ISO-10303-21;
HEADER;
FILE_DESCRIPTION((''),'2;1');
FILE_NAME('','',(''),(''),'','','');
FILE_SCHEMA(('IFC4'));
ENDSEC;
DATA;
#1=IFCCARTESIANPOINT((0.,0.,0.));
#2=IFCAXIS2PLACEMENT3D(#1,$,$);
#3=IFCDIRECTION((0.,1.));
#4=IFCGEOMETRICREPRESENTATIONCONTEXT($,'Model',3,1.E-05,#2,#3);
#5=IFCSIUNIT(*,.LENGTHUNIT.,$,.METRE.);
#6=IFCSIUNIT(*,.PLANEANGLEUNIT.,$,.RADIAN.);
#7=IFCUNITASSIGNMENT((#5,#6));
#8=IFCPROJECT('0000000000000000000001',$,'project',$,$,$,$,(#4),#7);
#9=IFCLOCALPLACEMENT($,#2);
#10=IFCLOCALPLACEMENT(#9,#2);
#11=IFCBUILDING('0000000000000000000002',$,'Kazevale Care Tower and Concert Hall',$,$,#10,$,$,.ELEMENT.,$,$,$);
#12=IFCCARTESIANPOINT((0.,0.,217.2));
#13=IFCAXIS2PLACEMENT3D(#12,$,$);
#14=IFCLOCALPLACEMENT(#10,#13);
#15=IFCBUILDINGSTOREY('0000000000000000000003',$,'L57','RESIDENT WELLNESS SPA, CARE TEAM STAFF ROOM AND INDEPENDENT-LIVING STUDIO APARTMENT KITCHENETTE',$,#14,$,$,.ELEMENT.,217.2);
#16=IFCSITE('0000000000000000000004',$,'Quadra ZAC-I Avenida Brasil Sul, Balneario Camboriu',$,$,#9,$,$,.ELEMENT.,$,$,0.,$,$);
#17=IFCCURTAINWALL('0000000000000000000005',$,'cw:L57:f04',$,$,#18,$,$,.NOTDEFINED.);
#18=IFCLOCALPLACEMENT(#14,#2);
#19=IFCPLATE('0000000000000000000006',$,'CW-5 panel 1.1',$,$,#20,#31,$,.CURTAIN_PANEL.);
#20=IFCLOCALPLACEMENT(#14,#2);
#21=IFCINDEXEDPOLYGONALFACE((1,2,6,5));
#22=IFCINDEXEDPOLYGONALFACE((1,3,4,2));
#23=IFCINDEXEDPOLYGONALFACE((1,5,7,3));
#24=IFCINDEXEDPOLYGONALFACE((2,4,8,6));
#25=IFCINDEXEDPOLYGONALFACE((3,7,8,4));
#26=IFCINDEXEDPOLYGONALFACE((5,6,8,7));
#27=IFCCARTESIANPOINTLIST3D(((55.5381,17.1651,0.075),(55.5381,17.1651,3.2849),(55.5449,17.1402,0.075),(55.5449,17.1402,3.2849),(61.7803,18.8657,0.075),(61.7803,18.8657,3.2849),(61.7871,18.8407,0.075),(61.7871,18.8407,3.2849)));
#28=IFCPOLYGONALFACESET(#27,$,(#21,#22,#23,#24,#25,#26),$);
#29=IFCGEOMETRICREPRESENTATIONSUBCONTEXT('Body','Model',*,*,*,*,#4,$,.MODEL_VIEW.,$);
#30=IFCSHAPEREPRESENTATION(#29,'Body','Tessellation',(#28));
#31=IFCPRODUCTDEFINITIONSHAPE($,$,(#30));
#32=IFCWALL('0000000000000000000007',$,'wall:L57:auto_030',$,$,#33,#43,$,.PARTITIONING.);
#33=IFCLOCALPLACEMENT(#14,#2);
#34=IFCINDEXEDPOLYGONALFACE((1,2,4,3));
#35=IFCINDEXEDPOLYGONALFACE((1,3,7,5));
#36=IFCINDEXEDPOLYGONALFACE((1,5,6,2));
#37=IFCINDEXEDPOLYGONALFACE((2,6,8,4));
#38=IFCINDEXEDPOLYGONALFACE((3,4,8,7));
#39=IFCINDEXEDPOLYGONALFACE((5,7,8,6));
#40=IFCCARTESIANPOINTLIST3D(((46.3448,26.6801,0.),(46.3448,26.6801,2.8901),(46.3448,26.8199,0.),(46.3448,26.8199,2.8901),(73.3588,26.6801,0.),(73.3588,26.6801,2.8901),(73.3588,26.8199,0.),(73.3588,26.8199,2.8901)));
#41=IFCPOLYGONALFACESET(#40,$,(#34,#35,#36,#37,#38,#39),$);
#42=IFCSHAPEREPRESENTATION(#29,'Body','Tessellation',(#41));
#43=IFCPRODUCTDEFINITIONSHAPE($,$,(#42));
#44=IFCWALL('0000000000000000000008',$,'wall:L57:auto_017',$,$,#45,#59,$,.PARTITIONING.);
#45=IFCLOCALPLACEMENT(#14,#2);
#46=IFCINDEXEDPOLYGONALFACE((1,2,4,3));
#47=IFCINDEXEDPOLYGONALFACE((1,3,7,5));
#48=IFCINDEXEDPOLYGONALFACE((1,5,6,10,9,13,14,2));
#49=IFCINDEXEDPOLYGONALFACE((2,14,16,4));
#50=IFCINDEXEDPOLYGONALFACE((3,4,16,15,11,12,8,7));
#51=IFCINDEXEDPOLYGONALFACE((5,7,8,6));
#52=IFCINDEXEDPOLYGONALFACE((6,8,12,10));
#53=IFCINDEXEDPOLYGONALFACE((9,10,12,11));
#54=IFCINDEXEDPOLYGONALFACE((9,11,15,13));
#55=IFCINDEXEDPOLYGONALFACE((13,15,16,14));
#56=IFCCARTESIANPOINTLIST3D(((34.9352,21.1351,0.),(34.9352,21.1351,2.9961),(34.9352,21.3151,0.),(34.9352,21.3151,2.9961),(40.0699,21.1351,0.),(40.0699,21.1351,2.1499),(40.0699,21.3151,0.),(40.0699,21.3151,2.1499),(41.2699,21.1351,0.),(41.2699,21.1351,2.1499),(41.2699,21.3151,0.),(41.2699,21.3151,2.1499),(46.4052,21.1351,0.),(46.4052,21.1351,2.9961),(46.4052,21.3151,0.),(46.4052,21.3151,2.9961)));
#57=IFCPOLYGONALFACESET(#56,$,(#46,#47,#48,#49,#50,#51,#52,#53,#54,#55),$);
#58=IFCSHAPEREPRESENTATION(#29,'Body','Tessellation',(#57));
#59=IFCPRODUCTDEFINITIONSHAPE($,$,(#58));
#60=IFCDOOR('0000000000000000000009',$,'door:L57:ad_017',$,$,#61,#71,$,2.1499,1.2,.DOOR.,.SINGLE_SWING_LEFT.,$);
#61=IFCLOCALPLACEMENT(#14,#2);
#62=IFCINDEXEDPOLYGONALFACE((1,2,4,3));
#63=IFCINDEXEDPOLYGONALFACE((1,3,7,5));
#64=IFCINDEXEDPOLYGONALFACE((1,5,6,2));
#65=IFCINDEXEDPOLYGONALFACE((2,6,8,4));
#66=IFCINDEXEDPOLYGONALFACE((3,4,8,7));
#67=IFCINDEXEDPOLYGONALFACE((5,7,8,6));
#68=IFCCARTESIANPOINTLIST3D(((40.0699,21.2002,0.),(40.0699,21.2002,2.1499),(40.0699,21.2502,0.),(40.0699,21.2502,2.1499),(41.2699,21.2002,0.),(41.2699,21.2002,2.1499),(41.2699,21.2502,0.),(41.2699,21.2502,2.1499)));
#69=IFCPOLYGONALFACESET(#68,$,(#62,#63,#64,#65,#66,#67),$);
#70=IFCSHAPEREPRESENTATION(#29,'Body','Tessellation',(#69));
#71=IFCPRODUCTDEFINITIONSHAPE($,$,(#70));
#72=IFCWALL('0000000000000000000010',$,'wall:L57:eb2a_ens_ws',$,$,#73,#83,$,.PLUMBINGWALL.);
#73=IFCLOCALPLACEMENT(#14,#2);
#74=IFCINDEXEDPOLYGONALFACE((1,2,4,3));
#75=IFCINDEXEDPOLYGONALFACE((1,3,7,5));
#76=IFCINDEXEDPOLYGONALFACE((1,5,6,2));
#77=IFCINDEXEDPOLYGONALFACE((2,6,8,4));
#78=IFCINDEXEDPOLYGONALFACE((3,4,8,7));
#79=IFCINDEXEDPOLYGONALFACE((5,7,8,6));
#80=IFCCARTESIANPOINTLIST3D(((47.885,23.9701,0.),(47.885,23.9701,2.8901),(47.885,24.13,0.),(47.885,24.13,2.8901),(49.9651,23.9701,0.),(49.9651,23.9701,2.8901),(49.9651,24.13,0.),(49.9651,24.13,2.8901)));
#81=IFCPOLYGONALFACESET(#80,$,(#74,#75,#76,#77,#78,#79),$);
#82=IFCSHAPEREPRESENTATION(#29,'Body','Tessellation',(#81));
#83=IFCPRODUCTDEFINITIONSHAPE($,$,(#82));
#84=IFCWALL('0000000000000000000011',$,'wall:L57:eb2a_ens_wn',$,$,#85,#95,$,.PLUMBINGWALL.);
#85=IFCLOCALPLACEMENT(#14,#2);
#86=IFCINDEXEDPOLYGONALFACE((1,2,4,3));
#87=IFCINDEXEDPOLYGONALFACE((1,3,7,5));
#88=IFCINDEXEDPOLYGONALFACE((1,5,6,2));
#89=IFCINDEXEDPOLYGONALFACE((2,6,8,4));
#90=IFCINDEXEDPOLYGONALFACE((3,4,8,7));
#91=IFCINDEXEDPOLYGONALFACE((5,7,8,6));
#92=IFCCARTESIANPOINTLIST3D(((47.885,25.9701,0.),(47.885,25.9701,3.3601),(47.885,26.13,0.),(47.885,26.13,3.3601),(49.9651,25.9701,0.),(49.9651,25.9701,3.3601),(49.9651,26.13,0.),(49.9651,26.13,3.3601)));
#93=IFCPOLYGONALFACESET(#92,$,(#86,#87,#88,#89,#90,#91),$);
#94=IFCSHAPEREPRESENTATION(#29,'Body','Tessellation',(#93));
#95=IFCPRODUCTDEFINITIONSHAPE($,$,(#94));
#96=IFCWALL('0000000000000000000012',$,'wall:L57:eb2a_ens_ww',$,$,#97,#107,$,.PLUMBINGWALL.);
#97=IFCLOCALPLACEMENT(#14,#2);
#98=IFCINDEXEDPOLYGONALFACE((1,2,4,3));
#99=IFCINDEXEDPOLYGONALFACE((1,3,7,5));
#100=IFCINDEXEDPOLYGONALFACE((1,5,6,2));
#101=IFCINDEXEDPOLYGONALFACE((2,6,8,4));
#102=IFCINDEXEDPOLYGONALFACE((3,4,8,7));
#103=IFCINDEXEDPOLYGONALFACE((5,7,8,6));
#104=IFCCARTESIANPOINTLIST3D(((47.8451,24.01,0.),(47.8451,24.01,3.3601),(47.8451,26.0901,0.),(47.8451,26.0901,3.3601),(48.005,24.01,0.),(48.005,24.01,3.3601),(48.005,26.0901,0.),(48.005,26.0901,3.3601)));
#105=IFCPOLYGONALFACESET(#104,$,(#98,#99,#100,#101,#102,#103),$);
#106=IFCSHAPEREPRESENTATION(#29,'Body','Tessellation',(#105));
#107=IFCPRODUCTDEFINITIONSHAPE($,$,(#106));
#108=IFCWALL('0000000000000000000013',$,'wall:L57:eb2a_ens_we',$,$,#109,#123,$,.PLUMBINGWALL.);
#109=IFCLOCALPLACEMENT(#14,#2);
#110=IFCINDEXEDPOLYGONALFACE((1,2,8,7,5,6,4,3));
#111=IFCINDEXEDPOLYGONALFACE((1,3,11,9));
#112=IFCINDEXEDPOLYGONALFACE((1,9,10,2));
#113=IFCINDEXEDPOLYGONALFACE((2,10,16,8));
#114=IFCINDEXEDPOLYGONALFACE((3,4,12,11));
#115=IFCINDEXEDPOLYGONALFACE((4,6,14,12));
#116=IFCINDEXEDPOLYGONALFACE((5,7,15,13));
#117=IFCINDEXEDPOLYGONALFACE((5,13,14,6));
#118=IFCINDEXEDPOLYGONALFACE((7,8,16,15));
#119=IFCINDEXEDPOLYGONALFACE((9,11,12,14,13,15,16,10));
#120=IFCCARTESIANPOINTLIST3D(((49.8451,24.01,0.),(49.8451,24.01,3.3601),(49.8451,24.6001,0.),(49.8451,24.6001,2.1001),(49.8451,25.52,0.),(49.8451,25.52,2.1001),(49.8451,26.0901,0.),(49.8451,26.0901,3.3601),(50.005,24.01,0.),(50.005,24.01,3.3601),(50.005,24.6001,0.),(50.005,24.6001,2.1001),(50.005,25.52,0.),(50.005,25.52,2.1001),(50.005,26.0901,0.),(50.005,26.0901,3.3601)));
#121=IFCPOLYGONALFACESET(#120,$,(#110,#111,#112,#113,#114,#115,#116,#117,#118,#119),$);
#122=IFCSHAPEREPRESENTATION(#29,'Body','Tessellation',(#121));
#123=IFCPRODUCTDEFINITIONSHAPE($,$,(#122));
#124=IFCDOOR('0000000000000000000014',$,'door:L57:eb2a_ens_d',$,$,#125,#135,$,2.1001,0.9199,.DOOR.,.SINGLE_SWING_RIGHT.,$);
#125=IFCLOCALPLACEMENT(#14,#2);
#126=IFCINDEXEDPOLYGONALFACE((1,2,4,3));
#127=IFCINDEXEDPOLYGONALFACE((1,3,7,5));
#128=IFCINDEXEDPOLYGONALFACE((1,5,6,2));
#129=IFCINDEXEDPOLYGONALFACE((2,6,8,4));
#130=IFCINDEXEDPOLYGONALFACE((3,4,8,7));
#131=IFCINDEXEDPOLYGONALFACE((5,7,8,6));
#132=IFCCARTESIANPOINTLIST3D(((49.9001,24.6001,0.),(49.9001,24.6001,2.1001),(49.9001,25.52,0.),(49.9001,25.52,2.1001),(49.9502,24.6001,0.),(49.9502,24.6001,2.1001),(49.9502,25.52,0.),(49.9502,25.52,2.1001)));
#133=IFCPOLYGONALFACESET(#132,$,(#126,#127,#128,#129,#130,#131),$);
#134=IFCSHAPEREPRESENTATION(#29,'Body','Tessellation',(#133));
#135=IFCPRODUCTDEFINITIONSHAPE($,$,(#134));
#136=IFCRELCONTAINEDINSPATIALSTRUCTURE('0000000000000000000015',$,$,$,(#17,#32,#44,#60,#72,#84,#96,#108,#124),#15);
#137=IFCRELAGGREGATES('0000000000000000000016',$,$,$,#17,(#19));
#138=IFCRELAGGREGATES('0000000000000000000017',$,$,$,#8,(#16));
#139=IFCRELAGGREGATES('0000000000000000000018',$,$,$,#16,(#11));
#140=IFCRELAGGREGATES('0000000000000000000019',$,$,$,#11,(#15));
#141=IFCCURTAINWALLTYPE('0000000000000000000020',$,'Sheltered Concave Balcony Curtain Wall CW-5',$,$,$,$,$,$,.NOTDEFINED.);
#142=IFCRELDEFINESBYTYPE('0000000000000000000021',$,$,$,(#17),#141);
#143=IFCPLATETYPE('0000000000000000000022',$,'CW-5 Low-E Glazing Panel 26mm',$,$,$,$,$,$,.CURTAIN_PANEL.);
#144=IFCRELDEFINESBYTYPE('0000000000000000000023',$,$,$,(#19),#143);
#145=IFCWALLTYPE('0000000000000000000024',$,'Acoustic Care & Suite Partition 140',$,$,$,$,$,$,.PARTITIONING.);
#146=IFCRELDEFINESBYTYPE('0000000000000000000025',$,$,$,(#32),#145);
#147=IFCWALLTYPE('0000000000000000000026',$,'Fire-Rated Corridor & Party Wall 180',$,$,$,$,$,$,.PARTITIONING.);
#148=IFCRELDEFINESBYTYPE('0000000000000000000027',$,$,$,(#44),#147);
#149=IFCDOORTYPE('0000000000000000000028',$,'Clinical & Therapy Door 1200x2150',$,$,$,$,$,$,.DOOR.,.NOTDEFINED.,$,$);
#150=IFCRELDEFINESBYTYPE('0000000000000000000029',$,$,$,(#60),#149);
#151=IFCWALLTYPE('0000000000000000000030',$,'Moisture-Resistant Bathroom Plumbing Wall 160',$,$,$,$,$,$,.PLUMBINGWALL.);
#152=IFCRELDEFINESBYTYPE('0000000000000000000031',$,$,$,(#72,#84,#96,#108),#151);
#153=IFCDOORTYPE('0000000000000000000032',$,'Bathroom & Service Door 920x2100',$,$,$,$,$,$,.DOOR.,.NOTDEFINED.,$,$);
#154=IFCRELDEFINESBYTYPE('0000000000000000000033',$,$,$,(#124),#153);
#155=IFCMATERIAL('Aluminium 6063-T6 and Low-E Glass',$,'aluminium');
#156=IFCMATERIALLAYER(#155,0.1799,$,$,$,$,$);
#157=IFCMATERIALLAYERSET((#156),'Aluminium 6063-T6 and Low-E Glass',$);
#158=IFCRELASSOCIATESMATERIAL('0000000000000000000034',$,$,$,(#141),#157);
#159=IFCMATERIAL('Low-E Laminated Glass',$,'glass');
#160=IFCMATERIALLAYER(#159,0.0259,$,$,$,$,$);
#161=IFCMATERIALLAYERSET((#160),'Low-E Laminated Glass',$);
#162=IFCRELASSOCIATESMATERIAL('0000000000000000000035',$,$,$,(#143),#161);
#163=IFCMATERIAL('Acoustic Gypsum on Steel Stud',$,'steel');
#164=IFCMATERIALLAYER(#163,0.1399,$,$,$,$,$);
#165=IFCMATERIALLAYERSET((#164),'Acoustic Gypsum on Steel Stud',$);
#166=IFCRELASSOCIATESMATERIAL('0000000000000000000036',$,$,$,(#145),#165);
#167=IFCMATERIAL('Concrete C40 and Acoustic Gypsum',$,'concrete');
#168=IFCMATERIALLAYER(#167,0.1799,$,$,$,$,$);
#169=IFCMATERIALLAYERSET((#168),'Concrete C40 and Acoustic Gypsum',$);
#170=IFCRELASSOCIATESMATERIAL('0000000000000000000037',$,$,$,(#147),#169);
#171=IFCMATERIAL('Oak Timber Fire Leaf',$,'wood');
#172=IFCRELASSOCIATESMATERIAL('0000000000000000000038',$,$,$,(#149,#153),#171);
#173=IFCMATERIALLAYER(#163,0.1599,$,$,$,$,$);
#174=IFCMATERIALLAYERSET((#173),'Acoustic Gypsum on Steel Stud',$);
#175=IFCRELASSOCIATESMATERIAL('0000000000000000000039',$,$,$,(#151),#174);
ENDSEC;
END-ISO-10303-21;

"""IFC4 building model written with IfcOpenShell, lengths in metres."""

from ifc_helpers import new_model, si_unit, direction, frame, frame_2d, origin, origin_2d, place, context, subcontext, project, spatial, rectangle, extrude, material, layer, layer_set, type_object, element, fill, aggregate, save


model = new_model("IFC4")

# Units and contexts
model_context = context("Model", 3, precision=1e-05, world=origin(), true_north=direction((0.0, 1.0)))
body_context = subcontext(model_context, "Body", "Model", "MODEL_VIEW")
ifc_project = project(units=[si_unit("LENGTHUNIT", "METRE"), si_unit("PLANEANGLEUNIT", "RADIAN")], contexts=[model_context])

# Site, building, storey
site_placement = place(None, origin())
site = spatial("IfcSite", under=ifc_project, at=site_placement, Name="Quadra ZAC-I Avenida Brasil Sul, Balneario Camboriu", CompositionType="ELEMENT", RefElevation=0.0)
building_placement = place(site_placement, origin())
building = spatial("IfcBuilding", under=site, at=building_placement, Name="Kazevale Care Tower and Concert Hall", CompositionType="ELEMENT")
storey_placement = place(building_placement, frame((0.0, 0.0, 217.2)))
storey = spatial("IfcBuildingStorey", under=building, at=storey_placement, Name="L57", Description="RESIDENT WELLNESS SPA, CARE TEAM STAFF ROOM AND INDEPENDENT-LIVING STUDIO APARTMENT KITCHENETTE", CompositionType="ELEMENT", Elevation=217.2)

# Curtain wall
ifc_material_1 = material(Name="Aluminium 6063-T6 and Low-E Glass", Category="aluminium")
ifc_layer_1 = layer(ifc_material_1, 0.1799)
ifc_layer_set_1 = layer_set([ifc_layer_1], Name="Aluminium 6063-T6 and Low-E Glass")
curtain_wall_type = type_object("IfcCurtainWallType", Name="Sheltered Concave Balcony Curtain Wall CW-5", PredefinedType="NOTDEFINED", material=ifc_layer_set_1)
curtain_wall_1_placement = place(storey_placement, origin())
curtain_wall_1 = element("IfcCurtainWall", 1, at=curtain_wall_1_placement, inside=storey, type_object=curtain_wall_type, Name="cw:L57:f04", PredefinedType="NOTDEFINED")

# Plate
ifc_material_2 = material(Name="Low-E Laminated Glass", Category="glass")
ifc_layer_2 = layer(ifc_material_2, 0.0259)
ifc_layer_set_2 = layer_set([ifc_layer_2], Name="Low-E Laminated Glass")
plate_type = type_object("IfcPlateType", Name="CW-5 Low-E Glazing Panel 26mm", PredefinedType="CURTAIN_PANEL", material=ifc_layer_set_2)
plate_placement = place(storey_placement, frame((58.6626, 18.0029, 0.075), z_axis=(0.0, 0.0, 1.0), x_axis=(-0.964837, -0.262849, 0.0)))
plate = element("IfcPlate", 2, at=plate_placement, type_object=plate_type, Name="CW-5 panel 1.1", PredefinedType="CURTAIN_PANEL", context=body_context, shape_type="SweptSolid", body=[
    extrude(rectangle(XDim=6.4697, YDim=0.0259, at=origin_2d()), origin(), (0.0, 0.0, 1.0), 3.21),
])
aggregate(curtain_wall_1, [plate])

# Wall
ifc_material_3 = material(Name="Acoustic Gypsum on Steel Stud", Category="steel")
ifc_layer_3 = layer(ifc_material_3, 0.1399)
ifc_layer_set_3 = layer_set([ifc_layer_3], Name="Acoustic Gypsum on Steel Stud")
wall_type_1 = type_object("IfcWallType", Name="Acoustic Care & Suite Partition 140", PredefinedType="PARTITIONING", material=ifc_layer_set_3)
wall_1_placement = place(storey_placement, frame((46.345, 26.75, 0.0), z_axis=(0.0, 0.0, 1.0), x_axis=(1.0, 0.0, 0.0)))
element("IfcWall", 3, at=wall_1_placement, inside=storey, type_object=wall_type_1, Name="wall:L57:auto_030", PredefinedType="PARTITIONING", context=body_context, shape_type="SweptSolid", body=[
    extrude(rectangle(XDim=27.0139, YDim=0.1399, at=frame_2d((13.5068, 0.0))), origin(), (0.0, 0.0, 1.0), 2.8901),
])

# Wall, opening, door
ifc_material_4 = material(Name="Concrete C40 and Acoustic Gypsum", Category="concrete")
ifc_layer_4 = layer(ifc_material_4, 0.1799)
ifc_layer_set_4 = layer_set([ifc_layer_4], Name="Concrete C40 and Acoustic Gypsum")
wall_type_2 = type_object("IfcWallType", Name="Fire-Rated Corridor & Party Wall 180", PredefinedType="PARTITIONING", material=ifc_layer_set_4)
ifc_material_5 = material(Name="Oak Timber Fire Leaf", Category="wood")
door_type_1 = type_object("IfcDoorType", Name="Clinical & Therapy Door 1200x2150", OperationType="NOTDEFINED", PredefinedType="DOOR", material=ifc_material_5)
wall_2_placement = place(storey_placement, frame((46.405, 21.2251, 0.0), z_axis=(0.0, 0.0, 1.0), x_axis=(-1.0, 0.0, 0.0)))
wall_2 = element("IfcWall", 4, at=wall_2_placement, inside=storey, type_object=wall_type_2, Name="wall:L57:auto_017", PredefinedType="PARTITIONING", context=body_context, shape_type="SweptSolid", body=[
    extrude(rectangle(XDim=11.47, YDim=0.1799, at=frame_2d((5.7349, 0.0))), origin(), (0.0, 0.0, 1.0), 2.9961),
])
opening_1_placement = place(wall_2_placement, frame((5.135, 0.0, 0.0)))
opening_1 = element("IfcOpeningElement", 5, at=opening_1_placement, cuts=wall_2, PredefinedType="OPENING", context=body_context, shape_type="SweptSolid", body=[
    extrude(rectangle(XDim=1.2, YDim=2.1499, at=frame_2d((0.6001, 1.075))), frame((0.0, 0.0999, 0.0), z_axis=(0.0, -1.0, 0.0), x_axis=(1.0, 0.0, 0.0)), (0.0, 0.0, 1.0), 0.2),
])
door_1_placement = place(opening_1_placement, origin())
door_1 = element("IfcDoor", 6, at=door_1_placement, inside=storey, type_object=door_type_1, Name="door:L57:ad_017", OperationType="SINGLE_SWING_LEFT", OverallHeight=2.1499, OverallWidth=1.2, PredefinedType="DOOR", context=body_context, shape_type="SweptSolid", body=[
    extrude(rectangle(XDim=1.2, YDim=2.1499, at=frame_2d((0.6001, 1.075))), frame((0.0, 0.0249, 0.0), z_axis=(0.0, -1.0, 0.0), x_axis=(1.0, 0.0, 0.0)), (0.0, 0.0, 1.0), 0.05),
])
fill(opening_1, door_1)

# Walls
ifc_layer_5 = layer(ifc_material_3, 0.1599)
ifc_layer_set_5 = layer_set([ifc_layer_5], Name="Acoustic Gypsum on Steel Stud")
wall_type_3 = type_object("IfcWallType", Name="Moisture-Resistant Bathroom Plumbing Wall 160", PredefinedType="PLUMBINGWALL", material=ifc_layer_set_5)
wall_3_placement = place(storey_placement, frame((47.885, 24.05, 0.0), z_axis=(0.0, 0.0, 1.0), x_axis=(1.0, 0.0, 0.0)))
element("IfcWall", 7, at=wall_3_placement, inside=storey, type_object=wall_type_3, Name="wall:L57:eb2a_ens_ws", PredefinedType="PLUMBINGWALL", context=body_context, shape_type="SweptSolid", body=[
    extrude(rectangle(XDim=2.0801, YDim=0.1599, at=frame_2d((1.04, 0.0))), origin(), (0.0, 0.0, 1.0), 2.8901),
])
for number, where, z_axis, x_axis, name in (
    (8, (47.885, 26.05, 0.0), (0.0, 0.0, 1.0), (1.0, 0.0, 0.0), "wall:L57:eb2a_ens_wn"),
    (9, (47.925, 24.01, 0.0), (0.0, 0.0, 1.0), (0.0, 1.0, 0.0), "wall:L57:eb2a_ens_ww"),
):
    element("IfcWall", number, at=place(storey_placement, frame(where, z_axis=z_axis, x_axis=x_axis)), inside=storey, type_object=wall_type_3, Name=name, PredefinedType="PLUMBINGWALL", context=body_context, shape_type="SweptSolid", body=[
        extrude(rectangle(XDim=2.0801, YDim=0.1599, at=frame_2d((1.04, 0.0))), origin(), (0.0, 0.0, 1.0), 3.3601),
    ])

# Wall, opening, door
wall_4_placement = place(storey_placement, frame((49.925, 24.01, 0.0), z_axis=(0.0, 0.0, 1.0), x_axis=(0.0, 1.0, 0.0)))
wall_4 = element("IfcWall", 10, at=wall_4_placement, inside=storey, type_object=wall_type_3, Name="wall:L57:eb2a_ens_we", PredefinedType="PLUMBINGWALL", context=body_context, shape_type="SweptSolid", body=[
    extrude(rectangle(XDim=2.0801, YDim=0.1599, at=frame_2d((1.04, 0.0))), origin(), (0.0, 0.0, 1.0), 3.3601),
])
opening_2_placement = place(wall_4_placement, frame((0.5901, 0.0, 0.0)))
opening_2 = element("IfcOpeningElement", 11, at=opening_2_placement, cuts=wall_4, PredefinedType="OPENING", context=body_context, shape_type="SweptSolid", body=[
    extrude(rectangle(XDim=0.9199, YDim=2.1001, at=frame_2d((0.46, 1.05))), frame((0.0, 0.0898, 0.0), z_axis=(0.0, -1.0, 0.0), x_axis=(1.0, 0.0, 0.0)), (0.0, 0.0, 1.0), 0.1799),
])
door_type_2 = type_object("IfcDoorType", Name="Bathroom & Service Door 920x2100", OperationType="NOTDEFINED", PredefinedType="DOOR", material=ifc_material_5)
door_2_placement = place(opening_2_placement, origin())
door_2 = element("IfcDoor", 12, at=door_2_placement, inside=storey, type_object=door_type_2, Name="door:L57:eb2a_ens_d", OperationType="SINGLE_SWING_RIGHT", OverallHeight=2.1001, OverallWidth=0.9199, PredefinedType="DOOR", context=body_context, shape_type="SweptSolid", body=[
    extrude(rectangle(XDim=0.9199, YDim=2.1001, at=frame_2d((0.46, 1.05))), frame((0.0, 0.0249, 0.0), z_axis=(0.0, -1.0, 0.0), x_axis=(1.0, 0.0, 0.0)), (0.0, 0.0, 1.0), 0.05),
])
fill(opening_2, door_2)

save(model, "model.ifc")
